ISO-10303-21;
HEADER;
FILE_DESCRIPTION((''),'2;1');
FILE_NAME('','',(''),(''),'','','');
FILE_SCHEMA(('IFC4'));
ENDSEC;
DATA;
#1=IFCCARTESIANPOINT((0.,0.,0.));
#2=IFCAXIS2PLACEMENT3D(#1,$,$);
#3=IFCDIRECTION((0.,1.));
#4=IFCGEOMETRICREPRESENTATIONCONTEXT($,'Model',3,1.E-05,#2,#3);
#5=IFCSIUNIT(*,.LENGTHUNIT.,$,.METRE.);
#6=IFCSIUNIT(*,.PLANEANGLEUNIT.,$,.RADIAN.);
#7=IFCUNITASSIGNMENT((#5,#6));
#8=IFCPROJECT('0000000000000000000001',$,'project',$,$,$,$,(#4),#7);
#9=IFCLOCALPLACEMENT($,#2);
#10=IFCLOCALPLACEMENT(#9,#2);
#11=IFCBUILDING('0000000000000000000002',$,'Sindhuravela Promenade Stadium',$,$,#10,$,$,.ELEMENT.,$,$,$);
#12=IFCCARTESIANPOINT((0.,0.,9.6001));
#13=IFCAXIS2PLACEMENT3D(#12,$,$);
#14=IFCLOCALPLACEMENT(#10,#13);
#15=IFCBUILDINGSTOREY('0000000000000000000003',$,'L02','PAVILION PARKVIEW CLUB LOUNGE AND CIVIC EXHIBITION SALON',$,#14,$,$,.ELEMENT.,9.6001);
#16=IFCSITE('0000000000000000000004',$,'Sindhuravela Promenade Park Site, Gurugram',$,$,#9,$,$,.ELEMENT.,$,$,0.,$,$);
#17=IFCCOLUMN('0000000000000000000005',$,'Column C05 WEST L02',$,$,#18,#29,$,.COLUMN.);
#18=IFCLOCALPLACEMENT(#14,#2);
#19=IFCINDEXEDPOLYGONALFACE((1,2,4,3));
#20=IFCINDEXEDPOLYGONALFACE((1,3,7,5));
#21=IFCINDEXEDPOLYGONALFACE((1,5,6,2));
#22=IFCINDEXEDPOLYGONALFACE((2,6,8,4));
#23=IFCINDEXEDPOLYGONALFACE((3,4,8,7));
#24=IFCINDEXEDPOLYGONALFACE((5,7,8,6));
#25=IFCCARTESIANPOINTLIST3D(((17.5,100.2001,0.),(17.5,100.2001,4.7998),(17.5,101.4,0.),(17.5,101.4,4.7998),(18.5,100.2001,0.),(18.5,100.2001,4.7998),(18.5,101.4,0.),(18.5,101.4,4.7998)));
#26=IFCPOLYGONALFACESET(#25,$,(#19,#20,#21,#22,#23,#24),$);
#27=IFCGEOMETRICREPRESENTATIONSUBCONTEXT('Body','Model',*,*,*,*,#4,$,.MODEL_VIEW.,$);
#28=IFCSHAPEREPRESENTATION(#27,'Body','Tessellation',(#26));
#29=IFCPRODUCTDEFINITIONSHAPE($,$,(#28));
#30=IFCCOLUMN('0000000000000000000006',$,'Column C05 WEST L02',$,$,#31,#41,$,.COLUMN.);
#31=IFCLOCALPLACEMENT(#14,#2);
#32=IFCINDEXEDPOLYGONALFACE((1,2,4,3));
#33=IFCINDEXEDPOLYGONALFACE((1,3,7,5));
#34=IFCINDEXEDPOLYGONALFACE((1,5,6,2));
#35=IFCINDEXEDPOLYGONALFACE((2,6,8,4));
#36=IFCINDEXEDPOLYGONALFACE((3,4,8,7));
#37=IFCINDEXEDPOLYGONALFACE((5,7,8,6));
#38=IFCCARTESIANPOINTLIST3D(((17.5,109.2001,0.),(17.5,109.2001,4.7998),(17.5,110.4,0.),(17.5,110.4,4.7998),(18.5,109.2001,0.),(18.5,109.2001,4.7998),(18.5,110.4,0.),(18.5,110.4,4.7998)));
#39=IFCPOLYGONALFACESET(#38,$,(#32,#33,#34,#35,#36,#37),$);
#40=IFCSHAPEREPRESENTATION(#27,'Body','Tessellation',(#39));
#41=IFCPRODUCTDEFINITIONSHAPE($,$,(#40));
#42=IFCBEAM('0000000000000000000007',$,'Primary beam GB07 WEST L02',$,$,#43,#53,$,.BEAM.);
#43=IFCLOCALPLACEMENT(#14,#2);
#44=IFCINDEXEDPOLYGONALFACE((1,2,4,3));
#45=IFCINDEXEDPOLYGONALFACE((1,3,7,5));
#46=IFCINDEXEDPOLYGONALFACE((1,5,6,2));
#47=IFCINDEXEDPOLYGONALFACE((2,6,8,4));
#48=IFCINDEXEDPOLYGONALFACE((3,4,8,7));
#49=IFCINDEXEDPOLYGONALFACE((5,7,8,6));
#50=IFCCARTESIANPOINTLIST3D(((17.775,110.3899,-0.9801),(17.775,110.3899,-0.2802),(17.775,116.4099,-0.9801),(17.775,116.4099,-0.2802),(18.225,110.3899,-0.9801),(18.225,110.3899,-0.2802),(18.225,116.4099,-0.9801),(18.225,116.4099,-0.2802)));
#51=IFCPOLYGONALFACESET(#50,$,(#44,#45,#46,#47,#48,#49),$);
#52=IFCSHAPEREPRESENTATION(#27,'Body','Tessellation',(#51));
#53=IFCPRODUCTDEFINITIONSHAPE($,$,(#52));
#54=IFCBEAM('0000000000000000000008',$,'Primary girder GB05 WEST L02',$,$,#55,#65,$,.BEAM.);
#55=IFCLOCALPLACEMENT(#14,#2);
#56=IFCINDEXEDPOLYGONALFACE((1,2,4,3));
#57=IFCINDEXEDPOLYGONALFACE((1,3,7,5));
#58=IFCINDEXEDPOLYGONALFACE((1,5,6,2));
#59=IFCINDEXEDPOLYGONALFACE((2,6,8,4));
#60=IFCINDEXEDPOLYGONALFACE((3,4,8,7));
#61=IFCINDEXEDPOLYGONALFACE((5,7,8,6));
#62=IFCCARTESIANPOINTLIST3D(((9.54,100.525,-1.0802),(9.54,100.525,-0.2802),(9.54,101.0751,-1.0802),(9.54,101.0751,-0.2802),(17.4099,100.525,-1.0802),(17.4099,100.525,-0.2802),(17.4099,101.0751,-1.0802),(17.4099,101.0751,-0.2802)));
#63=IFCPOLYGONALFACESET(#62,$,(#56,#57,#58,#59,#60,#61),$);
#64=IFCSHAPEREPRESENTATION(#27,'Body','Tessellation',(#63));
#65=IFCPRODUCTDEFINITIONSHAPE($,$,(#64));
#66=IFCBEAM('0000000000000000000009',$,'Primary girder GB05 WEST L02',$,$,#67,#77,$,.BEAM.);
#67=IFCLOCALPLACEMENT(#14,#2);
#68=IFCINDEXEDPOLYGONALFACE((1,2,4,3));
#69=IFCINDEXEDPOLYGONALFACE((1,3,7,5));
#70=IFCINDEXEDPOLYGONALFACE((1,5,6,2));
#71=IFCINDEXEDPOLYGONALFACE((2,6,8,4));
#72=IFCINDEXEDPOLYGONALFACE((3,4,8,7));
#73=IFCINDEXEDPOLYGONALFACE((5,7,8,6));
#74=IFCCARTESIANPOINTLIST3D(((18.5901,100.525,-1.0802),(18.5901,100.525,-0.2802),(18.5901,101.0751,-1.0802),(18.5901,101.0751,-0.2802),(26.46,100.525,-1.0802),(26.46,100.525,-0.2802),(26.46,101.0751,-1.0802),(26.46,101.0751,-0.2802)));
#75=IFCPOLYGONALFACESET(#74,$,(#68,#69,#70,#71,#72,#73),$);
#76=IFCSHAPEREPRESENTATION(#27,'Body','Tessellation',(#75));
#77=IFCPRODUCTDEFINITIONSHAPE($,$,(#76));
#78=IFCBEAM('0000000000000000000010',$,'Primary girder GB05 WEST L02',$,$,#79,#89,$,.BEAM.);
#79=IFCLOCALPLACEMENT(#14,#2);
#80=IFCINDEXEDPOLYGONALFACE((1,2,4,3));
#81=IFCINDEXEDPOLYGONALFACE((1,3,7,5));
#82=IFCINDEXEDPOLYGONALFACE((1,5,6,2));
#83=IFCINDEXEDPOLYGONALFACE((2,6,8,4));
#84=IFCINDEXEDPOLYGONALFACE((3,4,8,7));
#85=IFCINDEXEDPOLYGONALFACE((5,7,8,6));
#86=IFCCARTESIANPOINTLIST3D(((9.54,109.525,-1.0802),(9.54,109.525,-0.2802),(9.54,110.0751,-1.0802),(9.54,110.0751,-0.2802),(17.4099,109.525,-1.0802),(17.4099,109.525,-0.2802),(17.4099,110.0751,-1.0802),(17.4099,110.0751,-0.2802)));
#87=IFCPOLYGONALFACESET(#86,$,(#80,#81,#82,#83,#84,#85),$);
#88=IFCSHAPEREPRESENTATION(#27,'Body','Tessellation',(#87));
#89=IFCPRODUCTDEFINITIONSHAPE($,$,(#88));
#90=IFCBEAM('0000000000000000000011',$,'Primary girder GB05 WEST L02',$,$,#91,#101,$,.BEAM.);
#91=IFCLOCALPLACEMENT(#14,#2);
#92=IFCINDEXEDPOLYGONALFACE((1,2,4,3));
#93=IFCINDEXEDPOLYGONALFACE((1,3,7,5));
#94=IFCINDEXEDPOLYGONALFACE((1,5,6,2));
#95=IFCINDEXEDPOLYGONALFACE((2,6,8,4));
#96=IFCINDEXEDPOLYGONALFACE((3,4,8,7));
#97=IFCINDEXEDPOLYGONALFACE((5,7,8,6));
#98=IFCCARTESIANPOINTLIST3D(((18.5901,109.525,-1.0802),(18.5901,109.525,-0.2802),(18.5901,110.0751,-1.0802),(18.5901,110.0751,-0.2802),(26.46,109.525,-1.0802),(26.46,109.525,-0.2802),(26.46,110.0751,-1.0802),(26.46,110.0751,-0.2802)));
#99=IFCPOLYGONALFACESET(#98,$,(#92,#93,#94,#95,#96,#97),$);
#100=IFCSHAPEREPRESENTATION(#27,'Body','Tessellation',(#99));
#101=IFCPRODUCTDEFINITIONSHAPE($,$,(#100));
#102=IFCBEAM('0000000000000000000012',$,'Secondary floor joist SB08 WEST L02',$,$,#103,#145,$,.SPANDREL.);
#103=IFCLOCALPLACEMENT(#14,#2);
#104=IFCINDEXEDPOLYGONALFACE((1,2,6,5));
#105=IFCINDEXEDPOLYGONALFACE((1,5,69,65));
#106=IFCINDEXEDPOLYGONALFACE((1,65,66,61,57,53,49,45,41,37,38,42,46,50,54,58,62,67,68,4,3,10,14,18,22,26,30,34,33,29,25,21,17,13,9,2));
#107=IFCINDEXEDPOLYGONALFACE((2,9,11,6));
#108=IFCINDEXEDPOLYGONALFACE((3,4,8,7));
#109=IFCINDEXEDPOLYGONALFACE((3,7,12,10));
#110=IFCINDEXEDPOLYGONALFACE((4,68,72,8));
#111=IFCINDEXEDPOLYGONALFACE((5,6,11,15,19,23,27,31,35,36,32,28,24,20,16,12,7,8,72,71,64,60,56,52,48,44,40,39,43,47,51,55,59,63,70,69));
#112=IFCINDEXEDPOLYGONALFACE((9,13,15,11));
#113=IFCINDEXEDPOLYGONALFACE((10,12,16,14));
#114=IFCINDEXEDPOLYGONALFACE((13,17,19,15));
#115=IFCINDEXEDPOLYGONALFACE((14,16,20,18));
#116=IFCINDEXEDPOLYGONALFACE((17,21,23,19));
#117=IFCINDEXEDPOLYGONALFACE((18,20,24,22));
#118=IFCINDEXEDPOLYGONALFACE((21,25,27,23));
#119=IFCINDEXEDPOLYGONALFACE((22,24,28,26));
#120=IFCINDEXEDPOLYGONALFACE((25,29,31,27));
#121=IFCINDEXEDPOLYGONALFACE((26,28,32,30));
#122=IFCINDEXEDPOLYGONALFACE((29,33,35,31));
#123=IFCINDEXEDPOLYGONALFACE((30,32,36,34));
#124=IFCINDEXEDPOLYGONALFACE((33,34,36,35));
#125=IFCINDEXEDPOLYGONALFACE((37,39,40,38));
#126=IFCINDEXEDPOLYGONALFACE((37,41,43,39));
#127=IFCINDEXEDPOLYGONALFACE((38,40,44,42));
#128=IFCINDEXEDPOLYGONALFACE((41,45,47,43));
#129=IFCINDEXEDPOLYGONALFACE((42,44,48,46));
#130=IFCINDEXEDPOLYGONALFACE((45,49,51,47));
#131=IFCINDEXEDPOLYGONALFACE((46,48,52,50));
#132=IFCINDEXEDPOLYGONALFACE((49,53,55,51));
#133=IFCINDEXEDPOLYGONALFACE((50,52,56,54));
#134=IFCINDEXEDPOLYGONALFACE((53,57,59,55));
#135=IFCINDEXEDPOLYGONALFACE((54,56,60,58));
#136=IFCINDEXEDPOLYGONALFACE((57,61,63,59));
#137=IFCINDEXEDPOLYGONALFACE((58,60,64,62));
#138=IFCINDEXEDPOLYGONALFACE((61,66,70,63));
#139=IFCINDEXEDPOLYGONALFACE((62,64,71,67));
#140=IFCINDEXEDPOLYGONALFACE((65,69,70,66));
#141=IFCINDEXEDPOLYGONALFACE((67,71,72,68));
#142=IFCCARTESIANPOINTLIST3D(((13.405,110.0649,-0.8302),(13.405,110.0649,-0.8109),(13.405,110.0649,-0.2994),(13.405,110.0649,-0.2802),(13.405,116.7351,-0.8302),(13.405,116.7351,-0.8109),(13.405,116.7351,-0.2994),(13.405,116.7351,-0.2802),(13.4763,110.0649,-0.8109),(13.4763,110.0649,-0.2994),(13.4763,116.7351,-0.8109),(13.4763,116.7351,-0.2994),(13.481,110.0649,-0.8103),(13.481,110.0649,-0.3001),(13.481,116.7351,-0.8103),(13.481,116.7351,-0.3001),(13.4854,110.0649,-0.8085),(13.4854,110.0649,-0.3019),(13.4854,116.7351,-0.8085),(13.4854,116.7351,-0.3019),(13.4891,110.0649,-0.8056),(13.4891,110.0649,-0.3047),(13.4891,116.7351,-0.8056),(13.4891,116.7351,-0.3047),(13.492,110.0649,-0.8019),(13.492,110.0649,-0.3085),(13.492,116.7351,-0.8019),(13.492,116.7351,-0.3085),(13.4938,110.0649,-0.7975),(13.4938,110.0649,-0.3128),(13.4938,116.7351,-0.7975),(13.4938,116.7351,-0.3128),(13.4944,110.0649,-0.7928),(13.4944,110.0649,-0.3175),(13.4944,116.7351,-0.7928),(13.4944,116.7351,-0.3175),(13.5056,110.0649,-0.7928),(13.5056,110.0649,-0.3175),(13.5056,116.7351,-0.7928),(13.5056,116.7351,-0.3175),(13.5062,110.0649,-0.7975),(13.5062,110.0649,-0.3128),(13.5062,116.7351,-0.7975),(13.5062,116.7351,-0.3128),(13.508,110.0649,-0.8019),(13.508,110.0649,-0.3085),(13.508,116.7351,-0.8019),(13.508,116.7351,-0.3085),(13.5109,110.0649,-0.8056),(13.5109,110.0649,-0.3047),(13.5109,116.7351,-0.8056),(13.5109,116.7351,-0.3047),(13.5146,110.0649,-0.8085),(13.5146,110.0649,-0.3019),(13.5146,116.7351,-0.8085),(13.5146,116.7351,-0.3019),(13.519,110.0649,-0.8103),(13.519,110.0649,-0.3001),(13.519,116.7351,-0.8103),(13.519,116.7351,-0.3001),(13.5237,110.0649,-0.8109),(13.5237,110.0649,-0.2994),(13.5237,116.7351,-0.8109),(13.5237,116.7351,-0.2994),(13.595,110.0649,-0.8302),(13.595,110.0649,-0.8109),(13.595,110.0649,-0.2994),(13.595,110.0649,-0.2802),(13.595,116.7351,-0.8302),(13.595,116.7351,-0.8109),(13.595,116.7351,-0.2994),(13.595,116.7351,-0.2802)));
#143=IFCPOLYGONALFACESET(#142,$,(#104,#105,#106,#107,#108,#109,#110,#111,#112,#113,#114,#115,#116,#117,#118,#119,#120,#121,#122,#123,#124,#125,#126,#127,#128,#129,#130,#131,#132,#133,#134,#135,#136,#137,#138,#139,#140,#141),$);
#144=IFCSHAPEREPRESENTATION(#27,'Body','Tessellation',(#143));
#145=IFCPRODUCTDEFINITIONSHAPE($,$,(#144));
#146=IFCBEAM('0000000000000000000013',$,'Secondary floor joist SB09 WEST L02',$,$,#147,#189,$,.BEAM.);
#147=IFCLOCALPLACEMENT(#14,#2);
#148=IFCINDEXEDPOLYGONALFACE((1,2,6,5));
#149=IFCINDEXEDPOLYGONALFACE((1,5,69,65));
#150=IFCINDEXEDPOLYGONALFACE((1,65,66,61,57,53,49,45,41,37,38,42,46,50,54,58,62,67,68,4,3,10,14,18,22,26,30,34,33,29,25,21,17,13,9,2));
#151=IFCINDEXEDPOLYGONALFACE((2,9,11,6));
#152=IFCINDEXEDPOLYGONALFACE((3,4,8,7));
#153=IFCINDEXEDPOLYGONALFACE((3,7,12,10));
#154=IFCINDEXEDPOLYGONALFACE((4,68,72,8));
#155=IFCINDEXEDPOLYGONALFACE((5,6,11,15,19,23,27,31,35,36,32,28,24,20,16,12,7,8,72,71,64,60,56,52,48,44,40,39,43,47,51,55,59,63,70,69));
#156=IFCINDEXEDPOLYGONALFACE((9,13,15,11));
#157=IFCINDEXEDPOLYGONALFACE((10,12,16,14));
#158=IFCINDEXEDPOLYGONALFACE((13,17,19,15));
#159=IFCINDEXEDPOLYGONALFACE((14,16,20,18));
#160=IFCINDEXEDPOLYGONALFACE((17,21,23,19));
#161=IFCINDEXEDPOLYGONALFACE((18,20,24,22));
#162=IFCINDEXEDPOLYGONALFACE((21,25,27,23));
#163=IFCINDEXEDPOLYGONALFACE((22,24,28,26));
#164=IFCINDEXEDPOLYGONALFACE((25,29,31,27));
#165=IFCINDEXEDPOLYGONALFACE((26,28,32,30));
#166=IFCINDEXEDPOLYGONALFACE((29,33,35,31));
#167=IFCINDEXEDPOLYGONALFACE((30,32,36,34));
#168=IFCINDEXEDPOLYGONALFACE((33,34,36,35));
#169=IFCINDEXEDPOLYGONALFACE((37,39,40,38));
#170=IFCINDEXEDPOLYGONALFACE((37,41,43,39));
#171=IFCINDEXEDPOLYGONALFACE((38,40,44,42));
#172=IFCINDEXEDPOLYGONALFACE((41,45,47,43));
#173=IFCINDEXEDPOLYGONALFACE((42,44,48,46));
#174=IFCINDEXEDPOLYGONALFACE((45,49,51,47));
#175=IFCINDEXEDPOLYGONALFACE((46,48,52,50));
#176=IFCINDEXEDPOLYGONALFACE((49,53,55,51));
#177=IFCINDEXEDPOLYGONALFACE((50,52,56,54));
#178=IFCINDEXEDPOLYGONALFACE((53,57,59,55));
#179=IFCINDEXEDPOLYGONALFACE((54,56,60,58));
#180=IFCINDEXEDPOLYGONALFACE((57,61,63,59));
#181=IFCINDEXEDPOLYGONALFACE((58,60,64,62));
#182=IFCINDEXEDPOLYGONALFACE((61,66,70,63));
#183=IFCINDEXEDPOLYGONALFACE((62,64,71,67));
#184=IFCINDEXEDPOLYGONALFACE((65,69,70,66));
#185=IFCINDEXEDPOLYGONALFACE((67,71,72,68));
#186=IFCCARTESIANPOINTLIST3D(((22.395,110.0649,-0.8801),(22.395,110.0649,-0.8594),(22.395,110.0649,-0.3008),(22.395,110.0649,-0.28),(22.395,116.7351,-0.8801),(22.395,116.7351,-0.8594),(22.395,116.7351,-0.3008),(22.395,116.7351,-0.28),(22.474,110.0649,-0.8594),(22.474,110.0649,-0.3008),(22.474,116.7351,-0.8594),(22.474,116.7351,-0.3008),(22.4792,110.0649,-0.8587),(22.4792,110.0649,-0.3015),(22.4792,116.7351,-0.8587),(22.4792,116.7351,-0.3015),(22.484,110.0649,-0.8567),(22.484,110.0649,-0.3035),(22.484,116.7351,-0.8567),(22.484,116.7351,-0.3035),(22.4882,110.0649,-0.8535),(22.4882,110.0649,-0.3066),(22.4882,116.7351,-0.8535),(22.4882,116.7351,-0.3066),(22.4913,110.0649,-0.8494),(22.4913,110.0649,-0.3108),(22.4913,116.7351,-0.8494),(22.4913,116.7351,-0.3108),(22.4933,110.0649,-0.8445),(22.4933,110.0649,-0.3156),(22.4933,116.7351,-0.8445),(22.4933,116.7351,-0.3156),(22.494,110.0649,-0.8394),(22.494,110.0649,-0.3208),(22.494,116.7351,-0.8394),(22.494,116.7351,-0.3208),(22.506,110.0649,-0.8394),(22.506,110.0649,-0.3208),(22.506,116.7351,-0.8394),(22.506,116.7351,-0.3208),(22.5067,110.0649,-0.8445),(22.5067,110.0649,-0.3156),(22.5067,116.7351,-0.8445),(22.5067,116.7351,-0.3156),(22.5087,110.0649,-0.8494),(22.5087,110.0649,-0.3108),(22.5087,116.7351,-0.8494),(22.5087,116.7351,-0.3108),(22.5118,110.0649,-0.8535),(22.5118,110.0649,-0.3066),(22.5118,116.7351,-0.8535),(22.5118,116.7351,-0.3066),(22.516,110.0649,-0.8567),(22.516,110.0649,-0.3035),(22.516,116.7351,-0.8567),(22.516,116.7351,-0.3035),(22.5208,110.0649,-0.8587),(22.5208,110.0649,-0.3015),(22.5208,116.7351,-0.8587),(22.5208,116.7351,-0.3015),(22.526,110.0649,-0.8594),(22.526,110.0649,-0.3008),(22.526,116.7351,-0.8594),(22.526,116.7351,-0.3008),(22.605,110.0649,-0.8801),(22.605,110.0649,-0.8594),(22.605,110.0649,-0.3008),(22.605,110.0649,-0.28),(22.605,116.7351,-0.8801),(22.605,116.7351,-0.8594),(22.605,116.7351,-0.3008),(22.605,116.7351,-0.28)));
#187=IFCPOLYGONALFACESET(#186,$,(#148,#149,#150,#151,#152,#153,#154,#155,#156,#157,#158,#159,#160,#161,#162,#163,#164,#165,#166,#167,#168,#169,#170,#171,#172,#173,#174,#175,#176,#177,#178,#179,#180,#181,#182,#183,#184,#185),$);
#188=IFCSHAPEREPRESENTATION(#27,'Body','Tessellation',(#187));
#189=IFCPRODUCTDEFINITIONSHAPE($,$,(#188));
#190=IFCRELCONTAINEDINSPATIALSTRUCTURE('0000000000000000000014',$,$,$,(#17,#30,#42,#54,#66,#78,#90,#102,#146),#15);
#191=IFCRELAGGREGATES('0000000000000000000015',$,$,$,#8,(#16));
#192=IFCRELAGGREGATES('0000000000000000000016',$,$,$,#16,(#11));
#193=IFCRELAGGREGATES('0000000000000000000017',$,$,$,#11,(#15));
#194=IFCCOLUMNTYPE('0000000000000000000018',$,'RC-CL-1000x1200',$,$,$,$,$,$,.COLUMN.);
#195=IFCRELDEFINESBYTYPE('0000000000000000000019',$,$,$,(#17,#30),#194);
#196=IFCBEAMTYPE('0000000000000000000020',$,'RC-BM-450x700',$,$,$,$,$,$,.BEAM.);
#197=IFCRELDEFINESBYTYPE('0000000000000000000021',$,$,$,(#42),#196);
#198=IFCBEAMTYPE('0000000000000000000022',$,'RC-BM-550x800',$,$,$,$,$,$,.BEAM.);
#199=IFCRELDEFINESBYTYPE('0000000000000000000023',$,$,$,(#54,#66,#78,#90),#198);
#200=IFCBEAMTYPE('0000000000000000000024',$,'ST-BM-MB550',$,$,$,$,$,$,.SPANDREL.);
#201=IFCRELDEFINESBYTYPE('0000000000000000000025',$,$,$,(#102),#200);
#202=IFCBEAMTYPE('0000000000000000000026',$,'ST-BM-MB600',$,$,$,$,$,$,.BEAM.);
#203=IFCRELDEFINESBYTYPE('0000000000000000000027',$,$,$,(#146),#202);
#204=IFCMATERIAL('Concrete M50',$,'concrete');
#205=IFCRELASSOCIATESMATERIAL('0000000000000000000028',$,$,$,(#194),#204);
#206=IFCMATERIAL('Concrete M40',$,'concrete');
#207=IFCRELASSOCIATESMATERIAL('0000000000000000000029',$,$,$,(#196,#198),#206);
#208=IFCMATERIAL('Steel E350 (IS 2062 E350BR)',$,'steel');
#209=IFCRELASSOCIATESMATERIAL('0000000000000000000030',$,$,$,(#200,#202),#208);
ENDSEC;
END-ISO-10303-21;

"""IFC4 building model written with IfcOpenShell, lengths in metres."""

from ifc_helpers import new_model, si_unit, direction, frame, origin, origin_2d, place, context, subcontext, project, spatial, rectangle, i_section, extrude, material, material_profile, profile_set, type_object, element, save


model = new_model("IFC4")

# Units and contexts
model_context = context("Model", 3, precision=1e-05, world=origin(), true_north=direction((0.0, 1.0)))
body_context = subcontext(model_context, "Body", "Model", "MODEL_VIEW")
ifc_project = project(units=[si_unit("LENGTHUNIT", "METRE"), si_unit("PLANEANGLEUNIT", "RADIAN")], contexts=[model_context])

# Site, building, storey
site_placement = place(None, origin())
site = spatial("IfcSite", under=ifc_project, at=site_placement, Name="Sindhuravela Promenade Park Site, Gurugram", CompositionType="ELEMENT", RefElevation=0.0)
building_placement = place(site_placement, origin())
building = spatial("IfcBuilding", under=site, at=building_placement, Name="Sindhuravela Promenade Stadium", CompositionType="ELEMENT")
storey_placement = place(building_placement, frame((0.0, 0.0, 9.6001)))
storey = spatial("IfcBuildingStorey", under=building, at=storey_placement, Name="L02", Description="PAVILION PARKVIEW CLUB LOUNGE AND CIVIC EXHIBITION SALON", CompositionType="ELEMENT", Elevation=9.6001)

# Columns
ifc_material_1 = material(Name="Concrete M50", Category="concrete")
ifc_material_profile_1 = material_profile(ifc_material_1, rectangle(XDim=1.0, YDim=1.2, at=origin_2d()), Name="RC 1000x1200")
ifc_profile_set_1 = profile_set([ifc_material_profile_1], Name="Concrete M50")
column_type = type_object("IfcColumnType", Name="RC-CL-1000x1200", PredefinedType="COLUMN", material=ifc_profile_set_1)
for number, where, z_axis, x_axis, name in (
    (1, (18.0, 100.8, 0.0), (0.0, 0.0, 1.0), (1.0, 0.0, 0.0), "Column C05 WEST L02"),
    (2, (18.0, 109.8, 0.0), (0.0, 0.0, 1.0), (1.0, 0.0, 0.0), "Column C05 WEST L02"),
):
    element("IfcColumn", number, at=place(storey_placement, frame(where, z_axis=z_axis, x_axis=x_axis)), inside=storey, type_object=column_type, Name=name, PredefinedType="COLUMN", context=body_context, shape_type="SweptSolid", body=[
        extrude(rectangle(XDim=1.0, YDim=1.2, at=origin_2d()), origin(), (0.0, 0.0, 1.0), 4.7998),
    ])

# Beams
ifc_material_2 = material(Name="Concrete M40", Category="concrete")
ifc_material_profile_2 = material_profile(ifc_material_2, rectangle(XDim=0.45, YDim=0.7, at=origin_2d()), Name="RC 450x700")
ifc_profile_set_2 = profile_set([ifc_material_profile_2], Name="Concrete M40")
beam_type_1 = type_object("IfcBeamType", Name="RC-BM-450x700", PredefinedType="BEAM", material=ifc_profile_set_2)
beam_1_placement = place(storey_placement, frame((18.0, 110.3899, -0.6301), z_axis=(0.0, 1.0, 0.0), x_axis=(-1.0, 0.0, 0.0)))
element("IfcBeam", 3, at=beam_1_placement, inside=storey, type_object=beam_type_1, Name="Primary beam GB07 WEST L02", PredefinedType="BEAM", context=body_context, shape_type="SweptSolid", body=[
    extrude(rectangle(XDim=0.45, YDim=0.7, at=origin_2d()), origin(), (0.0, 0.0, 1.0), 6.02),
])
ifc_material_profile_3 = material_profile(ifc_material_2, rectangle(XDim=0.55, YDim=0.8, at=origin_2d()), Name="RC 550x800")
ifc_profile_set_3 = profile_set([ifc_material_profile_3], Name="Concrete M40")
beam_type_2 = type_object("IfcBeamType", Name="RC-BM-550x800", PredefinedType="BEAM", material=ifc_profile_set_3)
for number, where, z_axis, x_axis, name in (
    (4, (9.54, 100.8, -0.6802), (1.0, 0.0, 0.0), (0.0, 1.0, 0.0), "Primary girder GB05 WEST L02"),
    (5, (18.5901, 100.8, -0.6802), (1.0, 0.0, 0.0), (0.0, 1.0, 0.0), "Primary girder GB05 WEST L02"),
    (6, (9.54, 109.8, -0.6802), (1.0, 0.0, 0.0), (0.0, 1.0, 0.0), "Primary girder GB05 WEST L02"),
    (7, (18.5901, 109.8, -0.6802), (1.0, 0.0, 0.0), (0.0, 1.0, 0.0), "Primary girder GB05 WEST L02"),
):
    element("IfcBeam", number, at=place(storey_placement, frame(where, z_axis=z_axis, x_axis=x_axis)), inside=storey, type_object=beam_type_2, Name=name, PredefinedType="BEAM", context=body_context, shape_type="SweptSolid", body=[
        extrude(rectangle(XDim=0.55, YDim=0.8, at=origin_2d()), origin(), (0.0, 0.0, 1.0), 7.8699),
    ])
ifc_material_3 = material(Name="Steel E350 (IS 2062 E350BR)", Category="steel")
ifc_material_profile_4 = material_profile(ifc_material_3, i_section(OverallWidth=0.1899, OverallDepth=0.55, WebThickness=0.0112, FlangeThickness=0.0193, FilletRadius=0.0181, at=origin_2d()), Name="ISMB 550")
ifc_profile_set_4 = profile_set([ifc_material_profile_4], Name="Steel E350 (IS 2062 E350BR)")
beam_type_3 = type_object("IfcBeamType", Name="ST-BM-MB550", PredefinedType="SPANDREL", material=ifc_profile_set_4)
beam_2_placement = place(storey_placement, frame((13.5, 110.0649, -0.5552), z_axis=(0.0, 1.0, 0.0), x_axis=(-1.0, 0.0, 0.0)))
element("IfcBeam", 8, at=beam_2_placement, inside=storey, type_object=beam_type_3, Name="Secondary floor joist SB08 WEST L02", PredefinedType="SPANDREL", context=body_context, shape_type="SweptSolid", body=[
    extrude(i_section(OverallWidth=0.1899, OverallDepth=0.55, WebThickness=0.0112, FlangeThickness=0.0193, FilletRadius=0.0181, at=origin_2d()), origin(), (0.0, 0.0, 1.0), 6.6702),
])
ifc_material_profile_5 = material_profile(ifc_material_3, i_section(OverallWidth=0.21, OverallDepth=0.6001, WebThickness=0.012, FlangeThickness=0.0208, FilletRadius=0.02, at=origin_2d()), Name="ISMB 600")
ifc_profile_set_5 = profile_set([ifc_material_profile_5], Name="Steel E350 (IS 2062 E350BR)")
beam_type_4 = type_object("IfcBeamType", Name="ST-BM-MB600", PredefinedType="BEAM", material=ifc_profile_set_5)
beam_3_placement = place(storey_placement, frame((22.5, 110.0649, -0.5801), z_axis=(0.0, 1.0, 0.0), x_axis=(-1.0, 0.0, 0.0)))
element("IfcBeam", 9, at=beam_3_placement, inside=storey, type_object=beam_type_4, Name="Secondary floor joist SB09 WEST L02", PredefinedType="BEAM", context=body_context, shape_type="SweptSolid", body=[
    extrude(i_section(OverallWidth=0.21, OverallDepth=0.6001, WebThickness=0.012, FlangeThickness=0.0208, FilletRadius=0.02, at=origin_2d()), origin(), (0.0, 0.0, 1.0), 6.6702),
])

save(model, "model.ifc")
